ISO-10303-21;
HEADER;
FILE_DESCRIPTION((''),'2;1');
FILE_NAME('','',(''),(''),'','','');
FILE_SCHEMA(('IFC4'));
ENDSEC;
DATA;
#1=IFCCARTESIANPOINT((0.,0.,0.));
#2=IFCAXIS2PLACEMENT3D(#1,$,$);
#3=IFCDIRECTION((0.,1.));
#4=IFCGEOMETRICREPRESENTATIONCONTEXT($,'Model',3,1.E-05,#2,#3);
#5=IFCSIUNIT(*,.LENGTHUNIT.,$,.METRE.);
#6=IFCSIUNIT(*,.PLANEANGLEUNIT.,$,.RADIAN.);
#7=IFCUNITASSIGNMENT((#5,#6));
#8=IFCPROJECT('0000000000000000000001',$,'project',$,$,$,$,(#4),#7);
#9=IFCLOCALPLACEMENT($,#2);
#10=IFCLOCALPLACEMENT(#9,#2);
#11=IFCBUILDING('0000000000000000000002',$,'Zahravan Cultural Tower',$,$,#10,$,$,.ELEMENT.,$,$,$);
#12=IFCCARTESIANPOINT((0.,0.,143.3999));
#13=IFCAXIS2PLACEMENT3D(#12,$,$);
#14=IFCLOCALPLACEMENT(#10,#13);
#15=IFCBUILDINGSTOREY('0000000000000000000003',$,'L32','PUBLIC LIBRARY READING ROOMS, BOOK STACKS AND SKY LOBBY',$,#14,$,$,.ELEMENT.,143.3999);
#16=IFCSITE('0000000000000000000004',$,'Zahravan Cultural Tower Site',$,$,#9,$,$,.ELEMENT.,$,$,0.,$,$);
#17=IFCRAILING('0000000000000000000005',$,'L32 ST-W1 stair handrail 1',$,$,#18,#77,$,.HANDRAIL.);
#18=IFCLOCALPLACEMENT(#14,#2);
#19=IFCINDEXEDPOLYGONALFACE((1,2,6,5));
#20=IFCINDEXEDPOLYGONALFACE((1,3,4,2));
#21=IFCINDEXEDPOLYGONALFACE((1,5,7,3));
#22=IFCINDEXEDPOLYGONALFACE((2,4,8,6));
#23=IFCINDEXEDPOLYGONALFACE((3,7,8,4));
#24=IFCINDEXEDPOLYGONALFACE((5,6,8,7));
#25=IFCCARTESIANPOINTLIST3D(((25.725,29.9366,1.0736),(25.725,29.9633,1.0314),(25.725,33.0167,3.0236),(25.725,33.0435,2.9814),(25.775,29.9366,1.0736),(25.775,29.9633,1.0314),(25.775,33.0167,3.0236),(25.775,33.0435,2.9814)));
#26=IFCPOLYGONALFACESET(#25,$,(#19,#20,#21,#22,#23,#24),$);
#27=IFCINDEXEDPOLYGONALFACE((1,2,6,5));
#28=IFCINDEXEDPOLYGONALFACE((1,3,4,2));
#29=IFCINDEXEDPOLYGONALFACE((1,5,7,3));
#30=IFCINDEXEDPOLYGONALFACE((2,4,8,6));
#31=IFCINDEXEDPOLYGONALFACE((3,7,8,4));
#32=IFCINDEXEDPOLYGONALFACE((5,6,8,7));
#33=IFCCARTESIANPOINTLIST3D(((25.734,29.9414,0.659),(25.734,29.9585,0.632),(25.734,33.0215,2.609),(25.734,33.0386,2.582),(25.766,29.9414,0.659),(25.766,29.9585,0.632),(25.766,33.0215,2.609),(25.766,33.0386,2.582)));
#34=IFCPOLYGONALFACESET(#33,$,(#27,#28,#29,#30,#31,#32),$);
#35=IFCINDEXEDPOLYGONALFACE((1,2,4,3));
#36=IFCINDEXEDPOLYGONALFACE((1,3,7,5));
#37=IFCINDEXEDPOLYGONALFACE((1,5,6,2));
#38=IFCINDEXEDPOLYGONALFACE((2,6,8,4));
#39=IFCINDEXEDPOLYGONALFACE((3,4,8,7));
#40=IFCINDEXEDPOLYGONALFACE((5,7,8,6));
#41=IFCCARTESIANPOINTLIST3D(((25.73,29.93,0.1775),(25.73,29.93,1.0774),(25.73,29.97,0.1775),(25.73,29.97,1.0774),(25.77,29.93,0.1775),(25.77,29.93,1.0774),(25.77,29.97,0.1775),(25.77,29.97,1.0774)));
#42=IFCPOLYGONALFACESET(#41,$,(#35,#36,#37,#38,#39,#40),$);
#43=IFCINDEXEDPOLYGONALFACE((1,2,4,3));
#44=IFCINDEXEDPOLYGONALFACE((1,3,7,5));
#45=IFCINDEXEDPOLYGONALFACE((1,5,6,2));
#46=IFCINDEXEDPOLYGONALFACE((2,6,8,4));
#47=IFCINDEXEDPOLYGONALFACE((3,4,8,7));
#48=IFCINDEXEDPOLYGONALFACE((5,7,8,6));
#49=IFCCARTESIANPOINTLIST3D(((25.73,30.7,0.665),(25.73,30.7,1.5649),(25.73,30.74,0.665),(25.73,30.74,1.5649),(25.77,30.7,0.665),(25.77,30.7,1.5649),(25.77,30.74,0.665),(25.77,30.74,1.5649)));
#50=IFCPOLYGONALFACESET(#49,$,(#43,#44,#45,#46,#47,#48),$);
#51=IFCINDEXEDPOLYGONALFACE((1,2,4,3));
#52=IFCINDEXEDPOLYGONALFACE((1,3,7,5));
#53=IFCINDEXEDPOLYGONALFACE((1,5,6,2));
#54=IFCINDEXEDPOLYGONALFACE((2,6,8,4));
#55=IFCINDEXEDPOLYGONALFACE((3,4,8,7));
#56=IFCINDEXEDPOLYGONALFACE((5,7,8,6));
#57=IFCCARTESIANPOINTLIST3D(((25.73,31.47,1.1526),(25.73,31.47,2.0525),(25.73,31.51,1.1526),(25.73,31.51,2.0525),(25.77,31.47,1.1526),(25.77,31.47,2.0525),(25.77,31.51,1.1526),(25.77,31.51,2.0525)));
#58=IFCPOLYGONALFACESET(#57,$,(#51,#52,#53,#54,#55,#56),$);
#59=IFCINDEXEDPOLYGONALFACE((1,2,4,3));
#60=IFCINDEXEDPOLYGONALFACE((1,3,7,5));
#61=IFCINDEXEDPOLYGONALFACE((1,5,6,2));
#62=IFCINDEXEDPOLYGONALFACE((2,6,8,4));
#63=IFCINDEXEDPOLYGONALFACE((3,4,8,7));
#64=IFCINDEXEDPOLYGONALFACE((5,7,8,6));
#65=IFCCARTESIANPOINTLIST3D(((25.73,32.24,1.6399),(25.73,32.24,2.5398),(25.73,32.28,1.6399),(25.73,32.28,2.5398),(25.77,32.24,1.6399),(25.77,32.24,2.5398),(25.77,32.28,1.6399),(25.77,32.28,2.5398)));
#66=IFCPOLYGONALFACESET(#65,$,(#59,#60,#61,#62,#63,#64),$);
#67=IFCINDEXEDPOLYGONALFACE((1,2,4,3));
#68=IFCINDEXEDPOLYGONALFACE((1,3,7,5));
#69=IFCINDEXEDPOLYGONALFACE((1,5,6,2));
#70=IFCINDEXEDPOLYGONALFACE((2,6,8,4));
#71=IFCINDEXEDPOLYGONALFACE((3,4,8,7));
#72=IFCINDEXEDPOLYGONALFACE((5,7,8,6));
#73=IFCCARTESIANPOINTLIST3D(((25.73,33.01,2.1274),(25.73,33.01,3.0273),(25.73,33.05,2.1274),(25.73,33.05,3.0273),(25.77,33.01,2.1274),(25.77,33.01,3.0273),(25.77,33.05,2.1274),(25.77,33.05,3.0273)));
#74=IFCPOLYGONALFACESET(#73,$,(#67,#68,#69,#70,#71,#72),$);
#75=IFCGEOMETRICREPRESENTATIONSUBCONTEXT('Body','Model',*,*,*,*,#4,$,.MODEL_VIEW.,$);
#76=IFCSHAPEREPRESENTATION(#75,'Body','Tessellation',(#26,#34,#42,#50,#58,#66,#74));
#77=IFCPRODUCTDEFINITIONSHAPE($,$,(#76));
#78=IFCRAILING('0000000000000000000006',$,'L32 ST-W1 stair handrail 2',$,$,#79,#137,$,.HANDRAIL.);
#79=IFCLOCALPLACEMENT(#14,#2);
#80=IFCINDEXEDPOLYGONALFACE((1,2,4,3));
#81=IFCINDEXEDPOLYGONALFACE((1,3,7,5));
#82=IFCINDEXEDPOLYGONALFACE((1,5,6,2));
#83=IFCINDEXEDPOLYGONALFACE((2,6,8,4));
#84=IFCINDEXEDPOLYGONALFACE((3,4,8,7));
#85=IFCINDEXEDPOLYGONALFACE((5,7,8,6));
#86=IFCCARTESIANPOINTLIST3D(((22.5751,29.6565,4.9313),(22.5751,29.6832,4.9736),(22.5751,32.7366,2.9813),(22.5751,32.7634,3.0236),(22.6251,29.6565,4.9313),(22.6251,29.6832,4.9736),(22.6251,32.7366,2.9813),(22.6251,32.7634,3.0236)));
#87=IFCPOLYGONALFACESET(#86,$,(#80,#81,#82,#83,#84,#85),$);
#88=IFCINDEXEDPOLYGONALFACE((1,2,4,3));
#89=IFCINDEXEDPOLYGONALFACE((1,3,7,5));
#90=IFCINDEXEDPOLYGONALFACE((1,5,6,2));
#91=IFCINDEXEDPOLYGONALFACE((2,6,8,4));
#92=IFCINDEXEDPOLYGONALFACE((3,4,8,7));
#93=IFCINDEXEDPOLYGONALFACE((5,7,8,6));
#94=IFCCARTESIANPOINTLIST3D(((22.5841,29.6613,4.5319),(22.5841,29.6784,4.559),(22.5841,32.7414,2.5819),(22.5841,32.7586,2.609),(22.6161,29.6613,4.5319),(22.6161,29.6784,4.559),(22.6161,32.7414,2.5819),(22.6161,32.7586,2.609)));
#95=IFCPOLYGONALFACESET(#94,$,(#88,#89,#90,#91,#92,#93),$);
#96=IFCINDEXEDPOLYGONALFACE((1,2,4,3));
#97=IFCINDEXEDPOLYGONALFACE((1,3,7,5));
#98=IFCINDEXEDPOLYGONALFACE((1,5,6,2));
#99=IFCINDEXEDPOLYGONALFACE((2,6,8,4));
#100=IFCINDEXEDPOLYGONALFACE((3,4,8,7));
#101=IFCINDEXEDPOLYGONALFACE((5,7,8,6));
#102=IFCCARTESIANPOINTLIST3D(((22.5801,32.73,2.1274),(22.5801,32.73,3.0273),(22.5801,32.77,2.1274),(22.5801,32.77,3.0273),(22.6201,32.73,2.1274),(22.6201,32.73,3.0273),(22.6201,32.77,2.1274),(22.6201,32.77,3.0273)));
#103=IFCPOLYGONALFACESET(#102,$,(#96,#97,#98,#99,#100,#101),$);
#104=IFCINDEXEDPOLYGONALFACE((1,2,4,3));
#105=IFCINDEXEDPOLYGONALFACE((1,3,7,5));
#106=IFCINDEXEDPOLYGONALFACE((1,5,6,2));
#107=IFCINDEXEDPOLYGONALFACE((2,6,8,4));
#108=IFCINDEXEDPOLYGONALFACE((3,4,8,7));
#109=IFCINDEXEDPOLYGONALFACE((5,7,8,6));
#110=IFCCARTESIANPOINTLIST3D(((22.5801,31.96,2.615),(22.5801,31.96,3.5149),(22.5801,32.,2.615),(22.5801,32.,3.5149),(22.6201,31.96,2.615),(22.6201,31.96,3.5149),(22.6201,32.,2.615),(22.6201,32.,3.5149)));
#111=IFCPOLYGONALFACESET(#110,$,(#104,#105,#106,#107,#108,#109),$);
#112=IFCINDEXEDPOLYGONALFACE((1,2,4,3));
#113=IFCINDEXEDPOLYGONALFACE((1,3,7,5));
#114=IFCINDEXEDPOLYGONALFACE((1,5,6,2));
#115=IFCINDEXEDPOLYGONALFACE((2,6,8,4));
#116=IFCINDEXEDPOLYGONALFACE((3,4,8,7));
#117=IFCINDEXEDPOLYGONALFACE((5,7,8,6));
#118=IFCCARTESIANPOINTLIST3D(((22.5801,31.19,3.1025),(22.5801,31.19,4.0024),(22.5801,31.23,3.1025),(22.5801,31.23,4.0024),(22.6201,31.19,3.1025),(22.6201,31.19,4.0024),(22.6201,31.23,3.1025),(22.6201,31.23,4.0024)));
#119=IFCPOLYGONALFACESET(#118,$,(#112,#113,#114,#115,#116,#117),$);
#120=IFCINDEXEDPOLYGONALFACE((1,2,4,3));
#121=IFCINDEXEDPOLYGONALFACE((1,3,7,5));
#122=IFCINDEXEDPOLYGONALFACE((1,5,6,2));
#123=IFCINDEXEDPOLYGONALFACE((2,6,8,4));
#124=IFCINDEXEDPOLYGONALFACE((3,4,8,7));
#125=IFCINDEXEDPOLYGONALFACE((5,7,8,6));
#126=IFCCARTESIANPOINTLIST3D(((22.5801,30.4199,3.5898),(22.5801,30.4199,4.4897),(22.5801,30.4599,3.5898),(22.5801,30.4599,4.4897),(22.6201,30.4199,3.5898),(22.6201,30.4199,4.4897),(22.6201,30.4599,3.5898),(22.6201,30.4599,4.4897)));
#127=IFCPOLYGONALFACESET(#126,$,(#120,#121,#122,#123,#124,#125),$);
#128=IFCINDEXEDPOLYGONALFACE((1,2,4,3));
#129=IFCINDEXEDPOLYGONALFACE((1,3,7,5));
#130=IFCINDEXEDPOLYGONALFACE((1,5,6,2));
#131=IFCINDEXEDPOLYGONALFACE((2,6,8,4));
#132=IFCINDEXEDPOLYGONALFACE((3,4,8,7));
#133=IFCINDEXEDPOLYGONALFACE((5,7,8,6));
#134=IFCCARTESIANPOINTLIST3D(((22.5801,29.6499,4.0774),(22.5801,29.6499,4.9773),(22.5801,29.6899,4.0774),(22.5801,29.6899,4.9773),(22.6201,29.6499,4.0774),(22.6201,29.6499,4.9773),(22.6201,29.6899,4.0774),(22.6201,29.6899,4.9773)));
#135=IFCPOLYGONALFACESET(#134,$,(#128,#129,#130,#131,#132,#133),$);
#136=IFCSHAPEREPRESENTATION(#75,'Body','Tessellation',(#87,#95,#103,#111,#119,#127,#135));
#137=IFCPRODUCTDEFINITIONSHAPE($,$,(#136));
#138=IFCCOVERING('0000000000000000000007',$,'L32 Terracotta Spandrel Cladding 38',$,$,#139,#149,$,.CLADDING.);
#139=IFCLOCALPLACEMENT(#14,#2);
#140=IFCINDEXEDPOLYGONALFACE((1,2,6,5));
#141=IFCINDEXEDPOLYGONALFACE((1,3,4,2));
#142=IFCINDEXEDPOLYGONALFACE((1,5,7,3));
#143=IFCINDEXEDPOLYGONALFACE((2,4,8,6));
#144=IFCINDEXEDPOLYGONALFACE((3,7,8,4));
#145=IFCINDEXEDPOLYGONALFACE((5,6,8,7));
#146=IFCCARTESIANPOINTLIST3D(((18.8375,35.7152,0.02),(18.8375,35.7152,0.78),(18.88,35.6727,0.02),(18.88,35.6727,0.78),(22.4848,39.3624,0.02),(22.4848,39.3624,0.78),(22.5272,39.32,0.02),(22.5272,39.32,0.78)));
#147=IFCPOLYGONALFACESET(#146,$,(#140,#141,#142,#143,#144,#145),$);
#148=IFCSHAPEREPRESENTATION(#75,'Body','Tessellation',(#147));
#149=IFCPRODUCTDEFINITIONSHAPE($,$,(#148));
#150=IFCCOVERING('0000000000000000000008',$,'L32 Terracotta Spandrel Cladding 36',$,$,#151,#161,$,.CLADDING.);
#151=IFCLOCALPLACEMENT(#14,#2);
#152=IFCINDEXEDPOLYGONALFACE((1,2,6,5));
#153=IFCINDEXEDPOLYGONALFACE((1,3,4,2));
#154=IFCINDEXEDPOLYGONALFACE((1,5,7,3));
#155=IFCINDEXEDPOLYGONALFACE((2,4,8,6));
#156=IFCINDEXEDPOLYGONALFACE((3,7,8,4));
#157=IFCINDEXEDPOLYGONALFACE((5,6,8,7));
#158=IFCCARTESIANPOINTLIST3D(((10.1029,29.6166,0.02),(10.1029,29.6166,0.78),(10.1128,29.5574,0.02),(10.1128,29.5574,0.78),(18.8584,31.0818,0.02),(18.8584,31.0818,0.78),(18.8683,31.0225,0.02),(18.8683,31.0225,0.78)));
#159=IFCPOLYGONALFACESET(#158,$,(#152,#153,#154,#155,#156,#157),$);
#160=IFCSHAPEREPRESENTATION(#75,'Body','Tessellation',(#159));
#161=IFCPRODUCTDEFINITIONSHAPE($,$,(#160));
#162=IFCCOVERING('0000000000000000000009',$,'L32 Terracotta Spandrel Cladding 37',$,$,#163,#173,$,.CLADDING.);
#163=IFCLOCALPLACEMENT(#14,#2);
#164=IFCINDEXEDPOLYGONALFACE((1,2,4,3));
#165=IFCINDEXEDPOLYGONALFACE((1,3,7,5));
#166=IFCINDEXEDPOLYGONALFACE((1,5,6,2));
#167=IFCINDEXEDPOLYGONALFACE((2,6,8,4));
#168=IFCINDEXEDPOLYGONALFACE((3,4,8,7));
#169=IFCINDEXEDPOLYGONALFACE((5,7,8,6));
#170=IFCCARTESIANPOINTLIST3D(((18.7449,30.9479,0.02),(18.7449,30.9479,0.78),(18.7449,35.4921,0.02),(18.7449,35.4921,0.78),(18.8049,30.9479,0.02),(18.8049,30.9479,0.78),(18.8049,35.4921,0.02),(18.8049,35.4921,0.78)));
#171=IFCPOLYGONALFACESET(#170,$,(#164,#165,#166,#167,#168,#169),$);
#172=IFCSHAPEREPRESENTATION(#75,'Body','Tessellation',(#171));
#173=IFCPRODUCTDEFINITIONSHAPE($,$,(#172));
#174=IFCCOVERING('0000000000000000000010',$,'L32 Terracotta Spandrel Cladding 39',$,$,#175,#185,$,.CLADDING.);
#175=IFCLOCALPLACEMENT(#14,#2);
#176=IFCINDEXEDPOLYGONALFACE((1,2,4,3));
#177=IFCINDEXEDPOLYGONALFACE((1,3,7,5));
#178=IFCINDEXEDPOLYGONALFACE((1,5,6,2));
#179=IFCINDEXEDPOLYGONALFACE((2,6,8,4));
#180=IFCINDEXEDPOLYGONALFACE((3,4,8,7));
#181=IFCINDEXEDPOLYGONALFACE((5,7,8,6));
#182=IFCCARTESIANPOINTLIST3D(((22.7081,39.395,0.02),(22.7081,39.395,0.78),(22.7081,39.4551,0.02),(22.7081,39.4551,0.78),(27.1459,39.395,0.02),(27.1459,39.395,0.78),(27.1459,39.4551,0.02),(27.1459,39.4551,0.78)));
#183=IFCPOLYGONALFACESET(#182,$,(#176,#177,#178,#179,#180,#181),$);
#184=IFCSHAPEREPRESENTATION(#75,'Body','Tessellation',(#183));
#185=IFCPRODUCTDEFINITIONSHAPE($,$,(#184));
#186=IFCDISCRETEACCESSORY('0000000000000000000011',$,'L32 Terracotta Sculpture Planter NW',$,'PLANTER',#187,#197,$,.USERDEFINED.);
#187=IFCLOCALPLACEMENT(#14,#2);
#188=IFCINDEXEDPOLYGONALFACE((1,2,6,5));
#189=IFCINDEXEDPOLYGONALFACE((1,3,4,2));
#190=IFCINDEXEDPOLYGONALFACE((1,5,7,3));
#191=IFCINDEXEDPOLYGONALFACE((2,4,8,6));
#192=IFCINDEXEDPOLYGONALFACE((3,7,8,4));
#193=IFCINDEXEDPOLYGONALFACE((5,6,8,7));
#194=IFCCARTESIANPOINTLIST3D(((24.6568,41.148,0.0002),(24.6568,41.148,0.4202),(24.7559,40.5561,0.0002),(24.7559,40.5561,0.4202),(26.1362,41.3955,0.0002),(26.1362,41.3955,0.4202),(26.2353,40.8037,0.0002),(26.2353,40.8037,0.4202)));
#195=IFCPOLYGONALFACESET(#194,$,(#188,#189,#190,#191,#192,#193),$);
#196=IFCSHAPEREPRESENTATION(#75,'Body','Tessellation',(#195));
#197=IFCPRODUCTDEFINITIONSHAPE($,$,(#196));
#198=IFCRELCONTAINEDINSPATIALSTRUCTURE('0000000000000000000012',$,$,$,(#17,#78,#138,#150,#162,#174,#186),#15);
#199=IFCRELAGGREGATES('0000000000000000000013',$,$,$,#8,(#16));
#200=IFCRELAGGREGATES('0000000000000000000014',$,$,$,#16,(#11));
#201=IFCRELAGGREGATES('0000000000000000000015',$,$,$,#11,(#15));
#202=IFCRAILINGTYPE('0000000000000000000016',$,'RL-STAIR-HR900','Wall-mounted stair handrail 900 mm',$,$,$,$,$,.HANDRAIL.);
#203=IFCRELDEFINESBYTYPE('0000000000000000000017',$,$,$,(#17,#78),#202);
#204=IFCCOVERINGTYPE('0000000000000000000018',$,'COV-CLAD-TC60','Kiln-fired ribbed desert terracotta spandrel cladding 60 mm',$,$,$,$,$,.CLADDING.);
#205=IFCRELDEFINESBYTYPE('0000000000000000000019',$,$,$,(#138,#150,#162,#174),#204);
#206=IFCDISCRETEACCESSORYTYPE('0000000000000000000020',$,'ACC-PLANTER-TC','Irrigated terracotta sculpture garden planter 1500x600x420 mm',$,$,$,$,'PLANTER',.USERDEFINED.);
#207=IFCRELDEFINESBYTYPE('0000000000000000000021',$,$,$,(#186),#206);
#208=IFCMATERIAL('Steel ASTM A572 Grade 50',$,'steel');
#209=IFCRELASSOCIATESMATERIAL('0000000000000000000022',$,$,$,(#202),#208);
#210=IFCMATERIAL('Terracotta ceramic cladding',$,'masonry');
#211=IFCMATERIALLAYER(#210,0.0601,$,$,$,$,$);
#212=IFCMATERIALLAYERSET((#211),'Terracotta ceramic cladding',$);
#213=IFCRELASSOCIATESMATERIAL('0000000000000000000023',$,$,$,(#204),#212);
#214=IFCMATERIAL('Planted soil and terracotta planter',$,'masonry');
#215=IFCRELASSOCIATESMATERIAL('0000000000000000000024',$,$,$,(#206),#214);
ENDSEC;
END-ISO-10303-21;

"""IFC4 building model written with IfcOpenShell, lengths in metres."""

from ifc_helpers import new_model, si_unit, direction, frame, origin, origin_2d, place, context, subcontext, project, spatial, rectangle, extrude, source, transform, mapped, material, layer, layer_set, type_object, element, save


model = new_model("IFC4")

# Units and contexts
model_context = context("Model", 3, precision=1e-05, world=origin(), true_north=direction((0.0, 1.0)))
body_context = subcontext(model_context, "Body", "Model", "MODEL_VIEW")
ifc_project = project(units=[si_unit("LENGTHUNIT", "METRE"), si_unit("PLANEANGLEUNIT", "RADIAN")], contexts=[model_context])

# Site, building, storey
site_placement = place(None, origin())
site = spatial("IfcSite", under=ifc_project, at=site_placement, Name="Zahravan Cultural Tower Site", CompositionType="ELEMENT", RefElevation=0.0)
building_placement = place(site_placement, origin())
building = spatial("IfcBuilding", under=site, at=building_placement, Name="Zahravan Cultural Tower", CompositionType="ELEMENT")
storey_placement = place(building_placement, frame((0.0, 0.0, 143.3999)))
storey = spatial("IfcBuildingStorey", under=building, at=storey_placement, Name="L32", Description="PUBLIC LIBRARY READING ROOMS, BOOK STACKS AND SKY LOBBY", CompositionType="ELEMENT", Elevation=143.3999)

# Railings
ifc_material_1 = material(Name="Steel ASTM A572 Grade 50", Category="steel")
railing_type_1 = type_object("IfcRailingType", Name="RL-STAIR-HR900", Description="Wall-mounted stair handrail 900 mm", PredefinedType="HANDRAIL", material=ifc_material_1)
railing_1_placement = place(storey_placement, frame((25.75, 29.95, 0.1775)))
element("IfcRailing", 1, at=railing_1_placement, inside=storey, type_object=railing_type_1, Name="L32 ST-W1 stair handrail 1", PredefinedType="HANDRAIL", context=body_context, shape_type="SweptSolid", body=[
    extrude(rectangle(XDim=0.05, YDim=0.05, at=origin_2d()), frame((0.0, 0.0, 0.875), z_axis=(0.0, 0.844914, 0.534902), x_axis=(-1.0, 0.0, 0.0)), (0.0, 0.0, 1.0), 3.6455),
    extrude(rectangle(XDim=0.032, YDim=0.032, at=origin_2d()), frame((0.0, 0.0, 0.468), z_axis=(0.0, 0.844914, 0.534902), x_axis=(-1.0, 0.0, 0.0)), (0.0, 0.0, 1.0), 3.6455),
    extrude(rectangle(XDim=0.04, YDim=0.04, at=origin_2d()), origin(), (0.0, 0.0, 1.0), 0.8999),
    extrude(rectangle(XDim=0.04, YDim=0.04, at=origin_2d()), frame((0.0, 0.77, 0.4875)), (0.0, 0.0, 1.0), 0.8999),
    extrude(rectangle(XDim=0.04, YDim=0.04, at=origin_2d()), frame((0.0, 1.54, 0.9751)), (0.0, 0.0, 1.0), 0.8999),
    extrude(rectangle(XDim=0.04, YDim=0.04, at=origin_2d()), frame((0.0, 2.3101, 1.4624)), (0.0, 0.0, 1.0), 0.8999),
    extrude(rectangle(XDim=0.04, YDim=0.04, at=origin_2d()), frame((0.0, 3.0801, 1.95)), (0.0, 0.0, 1.0), 0.8999),
])
railing_2_placement = place(storey_placement, frame((22.6001, 32.75, 2.1274)))
element("IfcRailing", 2, at=railing_2_placement, inside=storey, type_object=railing_type_1, Name="L32 ST-W1 stair handrail 2", PredefinedType="HANDRAIL", context=body_context, shape_type="SweptSolid", body=[
    extrude(rectangle(XDim=0.05, YDim=0.05, at=origin_2d()), frame((0.0, 0.0, 0.875), z_axis=(0.0, -0.844914, 0.534902), x_axis=(1.0, 0.0, 0.0)), (0.0, 0.0, 1.0), 3.6455),
    extrude(rectangle(XDim=0.032, YDim=0.032, at=origin_2d()), frame((0.0, 0.0, 0.468), z_axis=(0.0, -0.844914, 0.534902), x_axis=(1.0, 0.0, 0.0)), (0.0, 0.0, 1.0), 3.6455),
    extrude(rectangle(XDim=0.04, YDim=0.04, at=origin_2d()), origin(), (0.0, 0.0, 1.0), 0.8999),
    extrude(rectangle(XDim=0.04, YDim=0.04, at=origin_2d()), frame((0.0, -0.77, 0.4875)), (0.0, 0.0, 1.0), 0.8999),
    extrude(rectangle(XDim=0.04, YDim=0.04, at=origin_2d()), frame((0.0, -1.54, 0.9751)), (0.0, 0.0, 1.0), 0.8999),
    extrude(rectangle(XDim=0.04, YDim=0.04, at=origin_2d()), frame((0.0, -2.3101, 1.4624)), (0.0, 0.0, 1.0), 0.8999),
    extrude(rectangle(XDim=0.04, YDim=0.04, at=origin_2d()), frame((0.0, -3.0801, 1.95)), (0.0, 0.0, 1.0), 0.8999),
])

# Coverings
ifc_material_2 = material(Name="Terracotta ceramic cladding", Category="masonry")
ifc_layer_1 = layer(ifc_material_2, 0.0601)
ifc_layer_set_1 = layer_set([ifc_layer_1], Name="Terracotta ceramic cladding")
covering_type = type_object("IfcCoveringType", Name="COV-CLAD-TC60", Description="Kiln-fired ribbed desert terracotta spandrel cladding 60 mm", PredefinedType="CLADDING", material=ifc_layer_set_1)
shared_shape_1 = source(origin(), body_context, "Body", "SweptSolid", [
    extrude(rectangle(XDim=5.158, YDim=0.0601, at=origin_2d()), origin(), (0.0, 0.0, 1.0), 0.76),
])
covering_1_placement = place(storey_placement, frame((20.6824, 37.5176, 0.02), z_axis=(0.0, 0.0, 1.0), x_axis=(0.707107, 0.707107, 0.0)))
element("IfcCovering", 3, at=covering_1_placement, inside=storey, type_object=covering_type, Name="L32 Terracotta Spandrel Cladding 38", PredefinedType="CLADDING", context=body_context, shape_type="MappedRepresentation", body=[
    mapped(shared_shape_1, transform((0.0, 0.0, 0.0), x_axis=(1.0, 0.0, 0.0), y_axis=(0.0, 1.0, 0.0), z_axis=(0.0, 0.0, 1.0), scale=1.0)),
])
shared_shape_2 = source(origin(), body_context, "Body", "SweptSolid", [
    extrude(rectangle(XDim=8.8772, YDim=0.0601, at=origin_2d()), origin(), (0.0, 0.0, 1.0), 0.76),
])
covering_2_placement = place(storey_placement, frame((14.4856, 30.3196, 0.02), z_axis=(0.0, 0.0, 1.0), x_axis=(0.986286, 0.165048, 0.0)))
element("IfcCovering", 4, at=covering_2_placement, inside=storey, type_object=covering_type, Name="L32 Terracotta Spandrel Cladding 36", PredefinedType="CLADDING", context=body_context, shape_type="MappedRepresentation", body=[
    mapped(shared_shape_2, transform((0.0, 0.0, 0.0), x_axis=(1.0, 0.0, 0.0), y_axis=(0.0, 1.0, 0.0), z_axis=(0.0, 0.0, 1.0), scale=1.0)),
])
shared_shape_3 = source(origin(), body_context, "Body", "SweptSolid", [
    extrude(rectangle(XDim=4.5442, YDim=0.0601, at=origin_2d()), origin(), (0.0, 0.0, 1.0), 0.76),
])
covering_3_placement = place(storey_placement, frame((18.7749, 33.22, 0.02), z_axis=(0.0, 0.0, 1.0), x_axis=(0.0, 1.0, 0.0)))
element("IfcCovering", 5, at=covering_3_placement, inside=storey, type_object=covering_type, Name="L32 Terracotta Spandrel Cladding 37", PredefinedType="CLADDING", context=body_context, shape_type="MappedRepresentation", body=[
    mapped(shared_shape_3, transform((0.0, 0.0, 0.0), x_axis=(1.0, 0.0, 0.0), y_axis=(0.0, 1.0, 0.0), z_axis=(0.0, 0.0, 1.0), scale=1.0)),
])
shared_shape_4 = source(origin(), body_context, "Body", "SweptSolid", [
    extrude(rectangle(XDim=4.4377, YDim=0.0601, at=origin_2d()), origin(), (0.0, 0.0, 1.0), 0.76),
])
covering_4_placement = place(storey_placement, frame((24.927, 39.425, 0.02), z_axis=(0.0, 0.0, 1.0), x_axis=(1.0, 0.0, 0.0)))
element("IfcCovering", 6, at=covering_4_placement, inside=storey, type_object=covering_type, Name="L32 Terracotta Spandrel Cladding 39", PredefinedType="CLADDING", context=body_context, shape_type="MappedRepresentation", body=[
    mapped(shared_shape_4, transform((0.0, 0.0, 0.0), x_axis=(1.0, 0.0, 0.0), y_axis=(0.0, 1.0, 0.0), z_axis=(0.0, 0.0, 1.0), scale=1.0)),
])

# Discrete accessory
ifc_material_3 = material(Name="Planted soil and terracotta planter", Category="masonry")
discrete_accessory_type = type_object("IfcDiscreteAccessoryType", Name="ACC-PLANTER-TC", Description="Irrigated terracotta sculpture garden planter 1500x600x420 mm", ElementType="PLANTER", PredefinedType="USERDEFINED", material=ifc_material_3)
shared_shape_5 = source(origin(), body_context, "Body", "SweptSolid", [
    extrude(rectangle(XDim=1.5, YDim=0.6001, at=origin_2d()), origin(), (0.0, 0.0, 1.0), 0.4199),
])
discrete_accessory_placement = place(storey_placement, frame((25.446, 40.9758, 0.0002), z_axis=(0.0, 0.0, 1.0), x_axis=(0.986286, 0.165048, 0.0)))
element("IfcDiscreteAccessory", 7, at=discrete_accessory_placement, inside=storey, type_object=discrete_accessory_type, Name="L32 Terracotta Sculpture Planter NW", ObjectType="PLANTER", PredefinedType="USERDEFINED", context=body_context, shape_type="MappedRepresentation", body=[
    mapped(shared_shape_5, transform((0.0, 0.0, 0.0), x_axis=(1.0, 0.0, 0.0), y_axis=(0.0, 1.0, 0.0), z_axis=(0.0, 0.0, 1.0), scale=1.0)),
])

save(model, "model.ifc")
